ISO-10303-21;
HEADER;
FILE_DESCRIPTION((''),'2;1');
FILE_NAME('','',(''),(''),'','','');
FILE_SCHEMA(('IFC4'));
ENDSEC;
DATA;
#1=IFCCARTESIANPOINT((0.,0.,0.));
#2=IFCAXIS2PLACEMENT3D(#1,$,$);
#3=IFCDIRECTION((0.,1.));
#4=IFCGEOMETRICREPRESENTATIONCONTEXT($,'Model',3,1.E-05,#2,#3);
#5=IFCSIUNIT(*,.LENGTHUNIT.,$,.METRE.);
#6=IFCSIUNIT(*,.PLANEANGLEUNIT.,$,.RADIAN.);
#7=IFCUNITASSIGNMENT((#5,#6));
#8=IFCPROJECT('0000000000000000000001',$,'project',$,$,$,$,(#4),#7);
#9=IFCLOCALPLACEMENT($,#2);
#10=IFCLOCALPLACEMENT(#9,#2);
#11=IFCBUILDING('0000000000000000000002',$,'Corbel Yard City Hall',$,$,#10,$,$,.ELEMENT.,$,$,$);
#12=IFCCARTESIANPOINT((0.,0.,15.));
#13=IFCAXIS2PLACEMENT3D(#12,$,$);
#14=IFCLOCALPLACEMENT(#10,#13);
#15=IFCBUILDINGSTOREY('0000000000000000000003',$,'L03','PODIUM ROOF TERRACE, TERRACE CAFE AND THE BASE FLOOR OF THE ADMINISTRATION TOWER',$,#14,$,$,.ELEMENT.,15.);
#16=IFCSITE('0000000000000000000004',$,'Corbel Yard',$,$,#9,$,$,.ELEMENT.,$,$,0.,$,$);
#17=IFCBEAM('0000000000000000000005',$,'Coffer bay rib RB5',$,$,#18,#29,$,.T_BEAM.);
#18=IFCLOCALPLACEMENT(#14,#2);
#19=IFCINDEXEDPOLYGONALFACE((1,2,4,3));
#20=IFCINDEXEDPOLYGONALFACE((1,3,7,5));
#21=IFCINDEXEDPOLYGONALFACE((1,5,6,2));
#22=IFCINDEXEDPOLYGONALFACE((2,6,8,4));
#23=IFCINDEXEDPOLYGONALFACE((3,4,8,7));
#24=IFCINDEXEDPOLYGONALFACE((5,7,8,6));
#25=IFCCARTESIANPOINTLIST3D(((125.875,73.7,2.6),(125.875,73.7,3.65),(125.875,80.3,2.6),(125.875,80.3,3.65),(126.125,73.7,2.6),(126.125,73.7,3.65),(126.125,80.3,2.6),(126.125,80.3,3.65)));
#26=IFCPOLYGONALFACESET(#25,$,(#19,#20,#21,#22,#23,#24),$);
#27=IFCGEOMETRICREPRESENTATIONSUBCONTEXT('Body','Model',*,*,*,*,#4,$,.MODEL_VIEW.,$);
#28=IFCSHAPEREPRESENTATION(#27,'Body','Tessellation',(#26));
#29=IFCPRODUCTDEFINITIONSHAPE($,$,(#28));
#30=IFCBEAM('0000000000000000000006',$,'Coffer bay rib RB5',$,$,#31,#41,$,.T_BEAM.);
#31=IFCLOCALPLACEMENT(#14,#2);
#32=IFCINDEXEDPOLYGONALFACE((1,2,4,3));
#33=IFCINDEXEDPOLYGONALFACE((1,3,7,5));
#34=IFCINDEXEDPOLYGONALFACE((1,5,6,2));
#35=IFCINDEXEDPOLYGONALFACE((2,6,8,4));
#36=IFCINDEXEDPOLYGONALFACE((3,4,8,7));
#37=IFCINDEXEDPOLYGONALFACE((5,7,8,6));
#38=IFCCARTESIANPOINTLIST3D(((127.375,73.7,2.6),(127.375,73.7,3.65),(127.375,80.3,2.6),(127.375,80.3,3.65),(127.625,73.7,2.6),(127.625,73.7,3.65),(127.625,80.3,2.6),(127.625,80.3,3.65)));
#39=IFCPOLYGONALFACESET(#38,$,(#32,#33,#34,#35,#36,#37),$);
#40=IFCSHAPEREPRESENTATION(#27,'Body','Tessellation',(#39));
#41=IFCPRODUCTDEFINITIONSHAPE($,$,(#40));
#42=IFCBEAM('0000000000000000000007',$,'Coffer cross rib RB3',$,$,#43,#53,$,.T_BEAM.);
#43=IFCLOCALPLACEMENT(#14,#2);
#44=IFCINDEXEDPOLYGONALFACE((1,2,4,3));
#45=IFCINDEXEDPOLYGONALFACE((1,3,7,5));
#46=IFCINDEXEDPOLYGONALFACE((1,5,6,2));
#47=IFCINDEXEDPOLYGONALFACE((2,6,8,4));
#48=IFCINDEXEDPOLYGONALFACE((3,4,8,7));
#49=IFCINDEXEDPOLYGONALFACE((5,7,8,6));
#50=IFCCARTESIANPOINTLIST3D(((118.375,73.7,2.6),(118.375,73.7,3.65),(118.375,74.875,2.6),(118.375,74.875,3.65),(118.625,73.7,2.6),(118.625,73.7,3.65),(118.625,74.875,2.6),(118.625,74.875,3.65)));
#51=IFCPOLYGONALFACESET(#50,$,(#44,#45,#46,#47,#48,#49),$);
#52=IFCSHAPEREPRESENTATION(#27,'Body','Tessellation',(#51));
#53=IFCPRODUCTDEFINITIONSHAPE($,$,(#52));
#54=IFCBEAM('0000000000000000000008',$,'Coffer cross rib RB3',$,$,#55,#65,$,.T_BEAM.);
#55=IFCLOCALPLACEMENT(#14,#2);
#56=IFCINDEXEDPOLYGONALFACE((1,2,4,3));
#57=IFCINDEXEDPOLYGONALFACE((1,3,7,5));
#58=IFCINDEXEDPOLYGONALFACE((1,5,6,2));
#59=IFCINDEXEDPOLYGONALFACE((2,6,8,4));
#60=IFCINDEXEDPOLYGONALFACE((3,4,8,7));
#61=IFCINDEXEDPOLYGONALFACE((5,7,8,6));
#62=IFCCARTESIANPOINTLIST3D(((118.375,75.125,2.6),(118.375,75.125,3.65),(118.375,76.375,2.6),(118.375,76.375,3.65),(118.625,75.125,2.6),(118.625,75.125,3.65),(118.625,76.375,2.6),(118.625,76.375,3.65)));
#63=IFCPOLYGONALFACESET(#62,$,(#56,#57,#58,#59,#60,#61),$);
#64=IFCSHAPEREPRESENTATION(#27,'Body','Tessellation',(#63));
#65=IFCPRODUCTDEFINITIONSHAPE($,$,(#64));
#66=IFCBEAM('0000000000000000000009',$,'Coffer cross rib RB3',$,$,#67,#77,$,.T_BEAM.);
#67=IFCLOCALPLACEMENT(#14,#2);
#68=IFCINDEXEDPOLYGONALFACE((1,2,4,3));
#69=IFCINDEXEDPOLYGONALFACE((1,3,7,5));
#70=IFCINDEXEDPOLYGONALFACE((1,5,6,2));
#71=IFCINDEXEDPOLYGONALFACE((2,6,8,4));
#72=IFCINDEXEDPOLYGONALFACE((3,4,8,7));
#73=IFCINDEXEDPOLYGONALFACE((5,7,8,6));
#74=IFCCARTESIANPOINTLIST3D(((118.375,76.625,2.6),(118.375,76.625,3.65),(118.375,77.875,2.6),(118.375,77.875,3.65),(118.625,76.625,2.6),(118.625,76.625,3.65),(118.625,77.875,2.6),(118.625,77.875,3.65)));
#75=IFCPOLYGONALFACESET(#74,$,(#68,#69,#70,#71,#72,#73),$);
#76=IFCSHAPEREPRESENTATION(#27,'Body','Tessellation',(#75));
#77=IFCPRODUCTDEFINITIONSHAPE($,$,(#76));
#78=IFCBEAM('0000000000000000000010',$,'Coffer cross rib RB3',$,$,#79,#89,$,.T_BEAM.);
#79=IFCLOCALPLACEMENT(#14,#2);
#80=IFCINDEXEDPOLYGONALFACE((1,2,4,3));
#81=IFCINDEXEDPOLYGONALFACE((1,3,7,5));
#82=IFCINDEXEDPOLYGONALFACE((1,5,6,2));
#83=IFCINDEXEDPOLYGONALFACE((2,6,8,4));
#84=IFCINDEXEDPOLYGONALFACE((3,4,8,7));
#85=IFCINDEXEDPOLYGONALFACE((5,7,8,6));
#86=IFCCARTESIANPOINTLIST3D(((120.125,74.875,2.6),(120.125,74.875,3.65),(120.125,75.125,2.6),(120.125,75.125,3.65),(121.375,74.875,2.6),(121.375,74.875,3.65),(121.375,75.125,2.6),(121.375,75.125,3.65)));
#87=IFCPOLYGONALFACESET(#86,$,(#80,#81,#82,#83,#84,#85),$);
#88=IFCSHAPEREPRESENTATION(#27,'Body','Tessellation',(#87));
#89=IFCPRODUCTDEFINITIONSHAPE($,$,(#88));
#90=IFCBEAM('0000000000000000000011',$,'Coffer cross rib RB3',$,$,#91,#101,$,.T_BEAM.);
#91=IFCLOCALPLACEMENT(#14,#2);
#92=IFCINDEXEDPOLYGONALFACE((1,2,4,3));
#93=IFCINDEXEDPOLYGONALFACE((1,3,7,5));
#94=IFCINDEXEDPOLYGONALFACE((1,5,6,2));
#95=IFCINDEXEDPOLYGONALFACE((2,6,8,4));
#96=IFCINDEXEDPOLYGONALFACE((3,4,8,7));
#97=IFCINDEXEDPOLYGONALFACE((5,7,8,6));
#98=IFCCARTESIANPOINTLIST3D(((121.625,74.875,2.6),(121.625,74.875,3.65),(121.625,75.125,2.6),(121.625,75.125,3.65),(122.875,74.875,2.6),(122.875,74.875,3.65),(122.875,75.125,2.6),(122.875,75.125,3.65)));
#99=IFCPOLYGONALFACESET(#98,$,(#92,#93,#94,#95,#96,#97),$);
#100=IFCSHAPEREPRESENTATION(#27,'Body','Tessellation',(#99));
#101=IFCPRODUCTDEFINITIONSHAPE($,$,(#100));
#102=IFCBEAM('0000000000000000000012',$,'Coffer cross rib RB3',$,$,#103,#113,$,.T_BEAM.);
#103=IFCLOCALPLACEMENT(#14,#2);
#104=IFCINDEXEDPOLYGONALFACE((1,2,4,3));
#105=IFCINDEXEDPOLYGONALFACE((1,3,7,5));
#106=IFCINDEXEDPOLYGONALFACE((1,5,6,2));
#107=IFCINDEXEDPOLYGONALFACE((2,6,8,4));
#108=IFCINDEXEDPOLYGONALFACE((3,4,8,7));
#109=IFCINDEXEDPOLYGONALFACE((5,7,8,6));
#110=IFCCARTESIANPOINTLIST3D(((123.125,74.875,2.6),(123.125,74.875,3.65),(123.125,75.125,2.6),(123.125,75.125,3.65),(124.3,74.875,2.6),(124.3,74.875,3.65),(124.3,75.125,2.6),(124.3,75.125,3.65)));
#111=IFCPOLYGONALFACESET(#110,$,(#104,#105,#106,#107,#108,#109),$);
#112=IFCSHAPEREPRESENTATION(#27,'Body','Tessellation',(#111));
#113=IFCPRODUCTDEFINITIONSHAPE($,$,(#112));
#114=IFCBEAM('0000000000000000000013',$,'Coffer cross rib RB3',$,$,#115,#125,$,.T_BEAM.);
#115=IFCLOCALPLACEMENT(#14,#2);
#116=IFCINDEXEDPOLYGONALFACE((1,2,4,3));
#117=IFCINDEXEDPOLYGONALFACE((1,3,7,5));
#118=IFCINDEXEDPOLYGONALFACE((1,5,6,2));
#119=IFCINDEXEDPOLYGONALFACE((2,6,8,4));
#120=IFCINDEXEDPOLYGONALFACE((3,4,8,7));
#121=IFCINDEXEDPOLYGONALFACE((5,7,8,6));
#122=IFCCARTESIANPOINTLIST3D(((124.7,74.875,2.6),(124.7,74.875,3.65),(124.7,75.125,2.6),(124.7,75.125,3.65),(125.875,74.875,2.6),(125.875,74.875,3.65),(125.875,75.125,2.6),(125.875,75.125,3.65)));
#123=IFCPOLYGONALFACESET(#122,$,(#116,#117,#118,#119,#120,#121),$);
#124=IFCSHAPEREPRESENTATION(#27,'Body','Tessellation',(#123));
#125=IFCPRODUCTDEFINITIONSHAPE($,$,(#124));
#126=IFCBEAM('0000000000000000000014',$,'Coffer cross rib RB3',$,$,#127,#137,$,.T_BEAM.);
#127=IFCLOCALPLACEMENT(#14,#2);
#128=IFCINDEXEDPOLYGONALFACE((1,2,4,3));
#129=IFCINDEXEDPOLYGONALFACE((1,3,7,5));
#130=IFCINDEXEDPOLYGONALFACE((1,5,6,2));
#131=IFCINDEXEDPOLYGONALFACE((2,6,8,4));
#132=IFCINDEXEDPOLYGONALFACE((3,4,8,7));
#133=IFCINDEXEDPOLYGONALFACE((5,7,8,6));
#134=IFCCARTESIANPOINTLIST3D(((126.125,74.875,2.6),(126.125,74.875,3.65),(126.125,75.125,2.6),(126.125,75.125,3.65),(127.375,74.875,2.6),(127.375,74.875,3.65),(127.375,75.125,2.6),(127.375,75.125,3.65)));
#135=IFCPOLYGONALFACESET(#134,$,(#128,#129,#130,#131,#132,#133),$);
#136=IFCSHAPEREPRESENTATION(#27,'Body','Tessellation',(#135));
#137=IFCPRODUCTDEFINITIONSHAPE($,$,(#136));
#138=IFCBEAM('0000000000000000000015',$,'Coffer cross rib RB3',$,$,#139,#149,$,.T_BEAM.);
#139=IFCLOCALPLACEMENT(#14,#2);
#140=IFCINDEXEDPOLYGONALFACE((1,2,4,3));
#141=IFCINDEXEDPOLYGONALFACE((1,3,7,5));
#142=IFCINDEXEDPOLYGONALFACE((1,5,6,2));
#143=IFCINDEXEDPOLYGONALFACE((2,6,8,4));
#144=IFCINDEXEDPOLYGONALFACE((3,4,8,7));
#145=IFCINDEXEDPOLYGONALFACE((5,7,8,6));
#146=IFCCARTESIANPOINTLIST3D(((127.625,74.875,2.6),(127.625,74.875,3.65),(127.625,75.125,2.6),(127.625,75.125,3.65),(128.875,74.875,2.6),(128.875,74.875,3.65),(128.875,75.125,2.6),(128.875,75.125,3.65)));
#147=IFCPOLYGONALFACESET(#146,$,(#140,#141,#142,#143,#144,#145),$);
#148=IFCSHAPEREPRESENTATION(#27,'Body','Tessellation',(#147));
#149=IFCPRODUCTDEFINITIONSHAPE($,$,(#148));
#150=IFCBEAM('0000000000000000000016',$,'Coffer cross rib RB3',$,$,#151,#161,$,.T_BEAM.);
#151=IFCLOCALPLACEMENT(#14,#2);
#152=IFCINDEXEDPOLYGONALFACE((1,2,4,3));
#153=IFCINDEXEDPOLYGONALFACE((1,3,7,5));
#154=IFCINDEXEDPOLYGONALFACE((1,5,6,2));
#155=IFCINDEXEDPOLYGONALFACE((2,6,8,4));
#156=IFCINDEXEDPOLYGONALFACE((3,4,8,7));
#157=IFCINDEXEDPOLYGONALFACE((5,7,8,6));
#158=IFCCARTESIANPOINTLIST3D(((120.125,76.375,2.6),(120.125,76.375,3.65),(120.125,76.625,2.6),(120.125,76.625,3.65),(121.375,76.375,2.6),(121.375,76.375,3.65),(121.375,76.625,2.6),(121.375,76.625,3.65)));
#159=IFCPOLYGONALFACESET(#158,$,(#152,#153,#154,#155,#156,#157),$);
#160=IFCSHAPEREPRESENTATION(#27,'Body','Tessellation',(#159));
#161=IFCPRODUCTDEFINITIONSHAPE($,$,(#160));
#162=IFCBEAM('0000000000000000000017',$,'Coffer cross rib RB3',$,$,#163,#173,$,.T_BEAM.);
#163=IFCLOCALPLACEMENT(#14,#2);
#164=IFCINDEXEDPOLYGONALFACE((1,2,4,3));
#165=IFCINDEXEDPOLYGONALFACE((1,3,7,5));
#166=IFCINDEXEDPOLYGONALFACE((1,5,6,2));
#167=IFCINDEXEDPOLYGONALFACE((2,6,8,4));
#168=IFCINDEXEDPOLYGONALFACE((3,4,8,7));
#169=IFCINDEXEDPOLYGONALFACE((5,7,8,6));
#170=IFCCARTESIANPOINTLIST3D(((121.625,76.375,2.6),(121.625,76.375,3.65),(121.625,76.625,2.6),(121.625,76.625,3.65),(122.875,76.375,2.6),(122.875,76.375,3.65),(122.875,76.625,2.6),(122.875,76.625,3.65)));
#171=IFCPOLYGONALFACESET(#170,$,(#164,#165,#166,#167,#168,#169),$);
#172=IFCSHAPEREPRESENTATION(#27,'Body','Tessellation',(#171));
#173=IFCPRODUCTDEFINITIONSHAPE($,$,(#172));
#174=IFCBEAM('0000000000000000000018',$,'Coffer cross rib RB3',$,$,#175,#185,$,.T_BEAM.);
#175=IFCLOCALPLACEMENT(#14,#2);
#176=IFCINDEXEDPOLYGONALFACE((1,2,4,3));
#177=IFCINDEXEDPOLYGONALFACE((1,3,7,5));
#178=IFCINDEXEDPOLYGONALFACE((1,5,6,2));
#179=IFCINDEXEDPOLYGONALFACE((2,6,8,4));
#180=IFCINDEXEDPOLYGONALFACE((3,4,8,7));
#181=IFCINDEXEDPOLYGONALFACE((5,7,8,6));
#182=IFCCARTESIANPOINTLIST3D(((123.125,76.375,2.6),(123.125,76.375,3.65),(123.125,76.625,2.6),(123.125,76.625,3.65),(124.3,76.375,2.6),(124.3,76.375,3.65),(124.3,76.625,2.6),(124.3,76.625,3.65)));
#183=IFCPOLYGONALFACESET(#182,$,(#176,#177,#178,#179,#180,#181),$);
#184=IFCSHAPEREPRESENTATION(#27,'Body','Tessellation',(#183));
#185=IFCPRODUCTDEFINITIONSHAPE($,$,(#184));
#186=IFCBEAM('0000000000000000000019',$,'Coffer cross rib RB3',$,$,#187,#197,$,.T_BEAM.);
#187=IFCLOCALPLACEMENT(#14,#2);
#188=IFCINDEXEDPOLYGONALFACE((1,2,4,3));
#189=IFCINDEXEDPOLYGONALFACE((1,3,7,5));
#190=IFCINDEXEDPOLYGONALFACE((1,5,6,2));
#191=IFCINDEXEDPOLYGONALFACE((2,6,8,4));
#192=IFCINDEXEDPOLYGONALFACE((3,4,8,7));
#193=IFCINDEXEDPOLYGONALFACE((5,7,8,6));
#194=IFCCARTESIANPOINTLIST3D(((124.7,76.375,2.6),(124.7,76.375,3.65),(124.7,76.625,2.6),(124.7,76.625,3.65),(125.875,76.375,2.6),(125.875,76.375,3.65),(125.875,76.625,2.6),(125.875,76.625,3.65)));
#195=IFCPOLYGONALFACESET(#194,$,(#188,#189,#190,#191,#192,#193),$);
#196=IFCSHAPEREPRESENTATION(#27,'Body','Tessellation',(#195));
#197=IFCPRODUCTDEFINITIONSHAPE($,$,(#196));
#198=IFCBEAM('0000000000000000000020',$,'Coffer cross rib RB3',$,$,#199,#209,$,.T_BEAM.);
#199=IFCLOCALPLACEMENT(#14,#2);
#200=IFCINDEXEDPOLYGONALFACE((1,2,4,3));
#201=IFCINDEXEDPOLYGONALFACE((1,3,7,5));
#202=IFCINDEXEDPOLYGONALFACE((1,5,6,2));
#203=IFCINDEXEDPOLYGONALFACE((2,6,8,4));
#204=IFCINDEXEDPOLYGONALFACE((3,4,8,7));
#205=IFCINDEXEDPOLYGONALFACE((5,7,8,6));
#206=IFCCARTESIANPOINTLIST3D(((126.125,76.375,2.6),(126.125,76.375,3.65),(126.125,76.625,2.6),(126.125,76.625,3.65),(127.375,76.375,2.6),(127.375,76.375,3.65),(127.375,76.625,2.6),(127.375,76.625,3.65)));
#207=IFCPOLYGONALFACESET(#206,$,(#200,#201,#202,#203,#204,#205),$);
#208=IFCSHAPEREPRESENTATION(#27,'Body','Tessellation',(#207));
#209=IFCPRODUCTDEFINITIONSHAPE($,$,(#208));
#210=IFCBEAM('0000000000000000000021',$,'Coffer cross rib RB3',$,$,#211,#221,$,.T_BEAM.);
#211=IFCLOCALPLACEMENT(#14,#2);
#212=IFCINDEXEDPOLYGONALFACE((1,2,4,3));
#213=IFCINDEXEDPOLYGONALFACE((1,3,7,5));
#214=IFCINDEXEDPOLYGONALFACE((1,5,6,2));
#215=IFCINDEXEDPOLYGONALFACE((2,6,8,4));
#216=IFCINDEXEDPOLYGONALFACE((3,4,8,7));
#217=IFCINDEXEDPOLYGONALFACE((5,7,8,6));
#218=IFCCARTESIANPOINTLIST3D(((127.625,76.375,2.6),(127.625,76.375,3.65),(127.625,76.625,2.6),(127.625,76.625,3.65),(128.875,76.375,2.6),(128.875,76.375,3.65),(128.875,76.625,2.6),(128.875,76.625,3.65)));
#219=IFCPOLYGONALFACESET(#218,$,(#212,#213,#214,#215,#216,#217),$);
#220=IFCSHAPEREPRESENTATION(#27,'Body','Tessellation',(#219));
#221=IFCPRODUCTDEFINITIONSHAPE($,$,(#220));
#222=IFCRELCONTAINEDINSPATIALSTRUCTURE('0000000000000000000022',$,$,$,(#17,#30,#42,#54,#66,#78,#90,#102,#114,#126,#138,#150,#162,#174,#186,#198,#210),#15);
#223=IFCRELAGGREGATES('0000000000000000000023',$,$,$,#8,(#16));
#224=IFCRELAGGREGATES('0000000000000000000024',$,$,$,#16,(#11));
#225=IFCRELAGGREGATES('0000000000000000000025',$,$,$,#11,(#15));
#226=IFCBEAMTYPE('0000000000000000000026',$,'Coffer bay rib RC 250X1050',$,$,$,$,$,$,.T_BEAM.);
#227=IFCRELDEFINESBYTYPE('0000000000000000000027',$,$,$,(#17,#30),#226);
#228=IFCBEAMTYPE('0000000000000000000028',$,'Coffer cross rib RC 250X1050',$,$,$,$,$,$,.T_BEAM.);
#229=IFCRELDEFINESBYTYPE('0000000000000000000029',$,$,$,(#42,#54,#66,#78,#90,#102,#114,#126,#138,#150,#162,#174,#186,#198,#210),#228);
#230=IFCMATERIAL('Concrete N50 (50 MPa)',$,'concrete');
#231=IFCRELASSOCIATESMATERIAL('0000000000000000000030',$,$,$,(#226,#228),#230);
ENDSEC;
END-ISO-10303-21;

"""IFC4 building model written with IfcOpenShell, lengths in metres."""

from ifc_helpers import new_model, si_unit, direction, frame, origin, origin_2d, place, context, subcontext, project, spatial, rectangle, extrude, material, material_profile, profile_set, type_object, element, save


model = new_model("IFC4")

# Units and contexts
model_context = context("Model", 3, precision=1e-05, world=origin(), true_north=direction((0.0, 1.0)))
body_context = subcontext(model_context, "Body", "Model", "MODEL_VIEW")
ifc_project = project(units=[si_unit("LENGTHUNIT", "METRE"), si_unit("PLANEANGLEUNIT", "RADIAN")], contexts=[model_context])

# Site, building, storey
site_placement = place(None, origin())
site = spatial("IfcSite", under=ifc_project, at=site_placement, Name="Corbel Yard", CompositionType="ELEMENT", RefElevation=0.0)
building_placement = place(site_placement, origin())
building = spatial("IfcBuilding", under=site, at=building_placement, Name="Corbel Yard City Hall", CompositionType="ELEMENT")
storey_placement = place(building_placement, frame((0.0, 0.0, 15.0)))
storey = spatial("IfcBuildingStorey", under=building, at=storey_placement, Name="L03", Description="PODIUM ROOF TERRACE, TERRACE CAFE AND THE BASE FLOOR OF THE ADMINISTRATION TOWER", CompositionType="ELEMENT", Elevation=15.0)

# Beams
ifc_material_1 = material(Name="Concrete N50 (50 MPa)", Category="concrete")
ifc_material_profile_1 = material_profile(ifc_material_1, rectangle(XDim=0.25, YDim=1.05, at=origin_2d()), Name="250x1050")
ifc_profile_set_1 = profile_set([ifc_material_profile_1], Name="Concrete N50 (50 MPa)")
beam_type_1 = type_object("IfcBeamType", Name="Coffer bay rib RC 250X1050", PredefinedType="T_BEAM", material=ifc_profile_set_1)
for number, where, z_axis, x_axis, name in (
    (1, (126.0, 73.7, 3.125), (0.0, 1.0, 0.0), (-1.0, 0.0, 0.0), "Coffer bay rib RB5"),
    (2, (127.5, 73.7, 3.125), (0.0, 1.0, 0.0), (-1.0, 0.0, 0.0), "Coffer bay rib RB5"),
):
    element("IfcBeam", number, at=place(storey_placement, frame(where, z_axis=z_axis, x_axis=x_axis)), inside=storey, type_object=beam_type_1, Name=name, PredefinedType="T_BEAM", context=body_context, shape_type="SweptSolid", body=[
        extrude(rectangle(XDim=0.25, YDim=1.05, at=origin_2d()), origin(), (0.0, 0.0, 1.0), 6.6001),
    ])
ifc_material_profile_2 = material_profile(ifc_material_1, rectangle(XDim=0.25, YDim=1.05, at=origin_2d()), Name="250x1050")
ifc_profile_set_2 = profile_set([ifc_material_profile_2], Name="Concrete N50 (50 MPa)")
beam_type_2 = type_object("IfcBeamType", Name="Coffer cross rib RC 250X1050", PredefinedType="T_BEAM", material=ifc_profile_set_2)
beam_placement = place(storey_placement, frame((118.5, 73.7, 3.125), z_axis=(0.0, 1.0, 0.0), x_axis=(-1.0, 0.0, 0.0)))
element("IfcBeam", 3, at=beam_placement, inside=storey, type_object=beam_type_2, Name="Coffer cross rib RB3", PredefinedType="T_BEAM", context=body_context, shape_type="SweptSolid", body=[
    extrude(rectangle(XDim=0.25, YDim=1.05, at=origin_2d()), origin(), (0.0, 0.0, 1.0), 1.175),
])
for number, where, z_axis, x_axis, name in (
    (4, (118.5, 75.125, 3.125), (0.0, 1.0, 0.0), (-1.0, 0.0, 0.0), "Coffer cross rib RB3"),
    (5, (118.5, 76.625, 3.125), (0.0, 1.0, 0.0), (-1.0, 0.0, 0.0), "Coffer cross rib RB3"),
    (6, (120.125, 75.0, 3.125), (1.0, 0.0, 0.0), (0.0, 1.0, 0.0), "Coffer cross rib RB3"),
    (7, (121.625, 75.0, 3.125), (1.0, 0.0, 0.0), (0.0, 1.0, 0.0), "Coffer cross rib RB3"),
):
    element("IfcBeam", number, at=place(storey_placement, frame(where, z_axis=z_axis, x_axis=x_axis)), inside=storey, type_object=beam_type_2, Name=name, PredefinedType="T_BEAM", context=body_context, shape_type="SweptSolid", body=[
        extrude(rectangle(XDim=0.25, YDim=1.05, at=origin_2d()), origin(), (0.0, 0.0, 1.0), 1.25),
    ])
for number, where, z_axis, x_axis, name in (
    (8, (123.125, 75.0, 3.125), (1.0, 0.0, 0.0), (0.0, 1.0, 0.0), "Coffer cross rib RB3"),
    (9, (124.7, 75.0, 3.125), (1.0, 0.0, 0.0), (0.0, 1.0, 0.0), "Coffer cross rib RB3"),
):
    element("IfcBeam", number, at=place(storey_placement, frame(where, z_axis=z_axis, x_axis=x_axis)), inside=storey, type_object=beam_type_2, Name=name, PredefinedType="T_BEAM", context=body_context, shape_type="SweptSolid", body=[
        extrude(rectangle(XDim=0.25, YDim=1.05, at=origin_2d()), origin(), (0.0, 0.0, 1.0), 1.175),
    ])
for number, where, z_axis, x_axis, name in (
    (10, (126.125, 75.0, 3.125), (1.0, 0.0, 0.0), (0.0, 1.0, 0.0), "Coffer cross rib RB3"),
    (11, (127.625, 75.0, 3.125), (1.0, 0.0, 0.0), (0.0, 1.0, 0.0), "Coffer cross rib RB3"),
    (12, (120.125, 76.5, 3.125), (1.0, 0.0, 0.0), (0.0, 1.0, 0.0), "Coffer cross rib RB3"),
    (13, (121.625, 76.5, 3.125), (1.0, 0.0, 0.0), (0.0, 1.0, 0.0), "Coffer cross rib RB3"),
):
    element("IfcBeam", number, at=place(storey_placement, frame(where, z_axis=z_axis, x_axis=x_axis)), inside=storey, type_object=beam_type_2, Name=name, PredefinedType="T_BEAM", context=body_context, shape_type="SweptSolid", body=[
        extrude(rectangle(XDim=0.25, YDim=1.05, at=origin_2d()), origin(), (0.0, 0.0, 1.0), 1.25),
    ])
for number, where, z_axis, x_axis, name in (
    (14, (123.125, 76.5, 3.125), (1.0, 0.0, 0.0), (0.0, 1.0, 0.0), "Coffer cross rib RB3"),
    (15, (124.7, 76.5, 3.125), (1.0, 0.0, 0.0), (0.0, 1.0, 0.0), "Coffer cross rib RB3"),
):
    element("IfcBeam", number, at=place(storey_placement, frame(where, z_axis=z_axis, x_axis=x_axis)), inside=storey, type_object=beam_type_2, Name=name, PredefinedType="T_BEAM", context=body_context, shape_type="SweptSolid", body=[
        extrude(rectangle(XDim=0.25, YDim=1.05, at=origin_2d()), origin(), (0.0, 0.0, 1.0), 1.175),
    ])
for number, where, z_axis, x_axis, name in (
    (16, (126.125, 76.5, 3.125), (1.0, 0.0, 0.0), (0.0, 1.0, 0.0), "Coffer cross rib RB3"),
    (17, (127.625, 76.5, 3.125), (1.0, 0.0, 0.0), (0.0, 1.0, 0.0), "Coffer cross rib RB3"),
):
    element("IfcBeam", number, at=place(storey_placement, frame(where, z_axis=z_axis, x_axis=x_axis)), inside=storey, type_object=beam_type_2, Name=name, PredefinedType="T_BEAM", context=body_context, shape_type="SweptSolid", body=[
        extrude(rectangle(XDim=0.25, YDim=1.05, at=origin_2d()), origin(), (0.0, 0.0, 1.0), 1.25),
    ])

save(model, "model.ifc")
